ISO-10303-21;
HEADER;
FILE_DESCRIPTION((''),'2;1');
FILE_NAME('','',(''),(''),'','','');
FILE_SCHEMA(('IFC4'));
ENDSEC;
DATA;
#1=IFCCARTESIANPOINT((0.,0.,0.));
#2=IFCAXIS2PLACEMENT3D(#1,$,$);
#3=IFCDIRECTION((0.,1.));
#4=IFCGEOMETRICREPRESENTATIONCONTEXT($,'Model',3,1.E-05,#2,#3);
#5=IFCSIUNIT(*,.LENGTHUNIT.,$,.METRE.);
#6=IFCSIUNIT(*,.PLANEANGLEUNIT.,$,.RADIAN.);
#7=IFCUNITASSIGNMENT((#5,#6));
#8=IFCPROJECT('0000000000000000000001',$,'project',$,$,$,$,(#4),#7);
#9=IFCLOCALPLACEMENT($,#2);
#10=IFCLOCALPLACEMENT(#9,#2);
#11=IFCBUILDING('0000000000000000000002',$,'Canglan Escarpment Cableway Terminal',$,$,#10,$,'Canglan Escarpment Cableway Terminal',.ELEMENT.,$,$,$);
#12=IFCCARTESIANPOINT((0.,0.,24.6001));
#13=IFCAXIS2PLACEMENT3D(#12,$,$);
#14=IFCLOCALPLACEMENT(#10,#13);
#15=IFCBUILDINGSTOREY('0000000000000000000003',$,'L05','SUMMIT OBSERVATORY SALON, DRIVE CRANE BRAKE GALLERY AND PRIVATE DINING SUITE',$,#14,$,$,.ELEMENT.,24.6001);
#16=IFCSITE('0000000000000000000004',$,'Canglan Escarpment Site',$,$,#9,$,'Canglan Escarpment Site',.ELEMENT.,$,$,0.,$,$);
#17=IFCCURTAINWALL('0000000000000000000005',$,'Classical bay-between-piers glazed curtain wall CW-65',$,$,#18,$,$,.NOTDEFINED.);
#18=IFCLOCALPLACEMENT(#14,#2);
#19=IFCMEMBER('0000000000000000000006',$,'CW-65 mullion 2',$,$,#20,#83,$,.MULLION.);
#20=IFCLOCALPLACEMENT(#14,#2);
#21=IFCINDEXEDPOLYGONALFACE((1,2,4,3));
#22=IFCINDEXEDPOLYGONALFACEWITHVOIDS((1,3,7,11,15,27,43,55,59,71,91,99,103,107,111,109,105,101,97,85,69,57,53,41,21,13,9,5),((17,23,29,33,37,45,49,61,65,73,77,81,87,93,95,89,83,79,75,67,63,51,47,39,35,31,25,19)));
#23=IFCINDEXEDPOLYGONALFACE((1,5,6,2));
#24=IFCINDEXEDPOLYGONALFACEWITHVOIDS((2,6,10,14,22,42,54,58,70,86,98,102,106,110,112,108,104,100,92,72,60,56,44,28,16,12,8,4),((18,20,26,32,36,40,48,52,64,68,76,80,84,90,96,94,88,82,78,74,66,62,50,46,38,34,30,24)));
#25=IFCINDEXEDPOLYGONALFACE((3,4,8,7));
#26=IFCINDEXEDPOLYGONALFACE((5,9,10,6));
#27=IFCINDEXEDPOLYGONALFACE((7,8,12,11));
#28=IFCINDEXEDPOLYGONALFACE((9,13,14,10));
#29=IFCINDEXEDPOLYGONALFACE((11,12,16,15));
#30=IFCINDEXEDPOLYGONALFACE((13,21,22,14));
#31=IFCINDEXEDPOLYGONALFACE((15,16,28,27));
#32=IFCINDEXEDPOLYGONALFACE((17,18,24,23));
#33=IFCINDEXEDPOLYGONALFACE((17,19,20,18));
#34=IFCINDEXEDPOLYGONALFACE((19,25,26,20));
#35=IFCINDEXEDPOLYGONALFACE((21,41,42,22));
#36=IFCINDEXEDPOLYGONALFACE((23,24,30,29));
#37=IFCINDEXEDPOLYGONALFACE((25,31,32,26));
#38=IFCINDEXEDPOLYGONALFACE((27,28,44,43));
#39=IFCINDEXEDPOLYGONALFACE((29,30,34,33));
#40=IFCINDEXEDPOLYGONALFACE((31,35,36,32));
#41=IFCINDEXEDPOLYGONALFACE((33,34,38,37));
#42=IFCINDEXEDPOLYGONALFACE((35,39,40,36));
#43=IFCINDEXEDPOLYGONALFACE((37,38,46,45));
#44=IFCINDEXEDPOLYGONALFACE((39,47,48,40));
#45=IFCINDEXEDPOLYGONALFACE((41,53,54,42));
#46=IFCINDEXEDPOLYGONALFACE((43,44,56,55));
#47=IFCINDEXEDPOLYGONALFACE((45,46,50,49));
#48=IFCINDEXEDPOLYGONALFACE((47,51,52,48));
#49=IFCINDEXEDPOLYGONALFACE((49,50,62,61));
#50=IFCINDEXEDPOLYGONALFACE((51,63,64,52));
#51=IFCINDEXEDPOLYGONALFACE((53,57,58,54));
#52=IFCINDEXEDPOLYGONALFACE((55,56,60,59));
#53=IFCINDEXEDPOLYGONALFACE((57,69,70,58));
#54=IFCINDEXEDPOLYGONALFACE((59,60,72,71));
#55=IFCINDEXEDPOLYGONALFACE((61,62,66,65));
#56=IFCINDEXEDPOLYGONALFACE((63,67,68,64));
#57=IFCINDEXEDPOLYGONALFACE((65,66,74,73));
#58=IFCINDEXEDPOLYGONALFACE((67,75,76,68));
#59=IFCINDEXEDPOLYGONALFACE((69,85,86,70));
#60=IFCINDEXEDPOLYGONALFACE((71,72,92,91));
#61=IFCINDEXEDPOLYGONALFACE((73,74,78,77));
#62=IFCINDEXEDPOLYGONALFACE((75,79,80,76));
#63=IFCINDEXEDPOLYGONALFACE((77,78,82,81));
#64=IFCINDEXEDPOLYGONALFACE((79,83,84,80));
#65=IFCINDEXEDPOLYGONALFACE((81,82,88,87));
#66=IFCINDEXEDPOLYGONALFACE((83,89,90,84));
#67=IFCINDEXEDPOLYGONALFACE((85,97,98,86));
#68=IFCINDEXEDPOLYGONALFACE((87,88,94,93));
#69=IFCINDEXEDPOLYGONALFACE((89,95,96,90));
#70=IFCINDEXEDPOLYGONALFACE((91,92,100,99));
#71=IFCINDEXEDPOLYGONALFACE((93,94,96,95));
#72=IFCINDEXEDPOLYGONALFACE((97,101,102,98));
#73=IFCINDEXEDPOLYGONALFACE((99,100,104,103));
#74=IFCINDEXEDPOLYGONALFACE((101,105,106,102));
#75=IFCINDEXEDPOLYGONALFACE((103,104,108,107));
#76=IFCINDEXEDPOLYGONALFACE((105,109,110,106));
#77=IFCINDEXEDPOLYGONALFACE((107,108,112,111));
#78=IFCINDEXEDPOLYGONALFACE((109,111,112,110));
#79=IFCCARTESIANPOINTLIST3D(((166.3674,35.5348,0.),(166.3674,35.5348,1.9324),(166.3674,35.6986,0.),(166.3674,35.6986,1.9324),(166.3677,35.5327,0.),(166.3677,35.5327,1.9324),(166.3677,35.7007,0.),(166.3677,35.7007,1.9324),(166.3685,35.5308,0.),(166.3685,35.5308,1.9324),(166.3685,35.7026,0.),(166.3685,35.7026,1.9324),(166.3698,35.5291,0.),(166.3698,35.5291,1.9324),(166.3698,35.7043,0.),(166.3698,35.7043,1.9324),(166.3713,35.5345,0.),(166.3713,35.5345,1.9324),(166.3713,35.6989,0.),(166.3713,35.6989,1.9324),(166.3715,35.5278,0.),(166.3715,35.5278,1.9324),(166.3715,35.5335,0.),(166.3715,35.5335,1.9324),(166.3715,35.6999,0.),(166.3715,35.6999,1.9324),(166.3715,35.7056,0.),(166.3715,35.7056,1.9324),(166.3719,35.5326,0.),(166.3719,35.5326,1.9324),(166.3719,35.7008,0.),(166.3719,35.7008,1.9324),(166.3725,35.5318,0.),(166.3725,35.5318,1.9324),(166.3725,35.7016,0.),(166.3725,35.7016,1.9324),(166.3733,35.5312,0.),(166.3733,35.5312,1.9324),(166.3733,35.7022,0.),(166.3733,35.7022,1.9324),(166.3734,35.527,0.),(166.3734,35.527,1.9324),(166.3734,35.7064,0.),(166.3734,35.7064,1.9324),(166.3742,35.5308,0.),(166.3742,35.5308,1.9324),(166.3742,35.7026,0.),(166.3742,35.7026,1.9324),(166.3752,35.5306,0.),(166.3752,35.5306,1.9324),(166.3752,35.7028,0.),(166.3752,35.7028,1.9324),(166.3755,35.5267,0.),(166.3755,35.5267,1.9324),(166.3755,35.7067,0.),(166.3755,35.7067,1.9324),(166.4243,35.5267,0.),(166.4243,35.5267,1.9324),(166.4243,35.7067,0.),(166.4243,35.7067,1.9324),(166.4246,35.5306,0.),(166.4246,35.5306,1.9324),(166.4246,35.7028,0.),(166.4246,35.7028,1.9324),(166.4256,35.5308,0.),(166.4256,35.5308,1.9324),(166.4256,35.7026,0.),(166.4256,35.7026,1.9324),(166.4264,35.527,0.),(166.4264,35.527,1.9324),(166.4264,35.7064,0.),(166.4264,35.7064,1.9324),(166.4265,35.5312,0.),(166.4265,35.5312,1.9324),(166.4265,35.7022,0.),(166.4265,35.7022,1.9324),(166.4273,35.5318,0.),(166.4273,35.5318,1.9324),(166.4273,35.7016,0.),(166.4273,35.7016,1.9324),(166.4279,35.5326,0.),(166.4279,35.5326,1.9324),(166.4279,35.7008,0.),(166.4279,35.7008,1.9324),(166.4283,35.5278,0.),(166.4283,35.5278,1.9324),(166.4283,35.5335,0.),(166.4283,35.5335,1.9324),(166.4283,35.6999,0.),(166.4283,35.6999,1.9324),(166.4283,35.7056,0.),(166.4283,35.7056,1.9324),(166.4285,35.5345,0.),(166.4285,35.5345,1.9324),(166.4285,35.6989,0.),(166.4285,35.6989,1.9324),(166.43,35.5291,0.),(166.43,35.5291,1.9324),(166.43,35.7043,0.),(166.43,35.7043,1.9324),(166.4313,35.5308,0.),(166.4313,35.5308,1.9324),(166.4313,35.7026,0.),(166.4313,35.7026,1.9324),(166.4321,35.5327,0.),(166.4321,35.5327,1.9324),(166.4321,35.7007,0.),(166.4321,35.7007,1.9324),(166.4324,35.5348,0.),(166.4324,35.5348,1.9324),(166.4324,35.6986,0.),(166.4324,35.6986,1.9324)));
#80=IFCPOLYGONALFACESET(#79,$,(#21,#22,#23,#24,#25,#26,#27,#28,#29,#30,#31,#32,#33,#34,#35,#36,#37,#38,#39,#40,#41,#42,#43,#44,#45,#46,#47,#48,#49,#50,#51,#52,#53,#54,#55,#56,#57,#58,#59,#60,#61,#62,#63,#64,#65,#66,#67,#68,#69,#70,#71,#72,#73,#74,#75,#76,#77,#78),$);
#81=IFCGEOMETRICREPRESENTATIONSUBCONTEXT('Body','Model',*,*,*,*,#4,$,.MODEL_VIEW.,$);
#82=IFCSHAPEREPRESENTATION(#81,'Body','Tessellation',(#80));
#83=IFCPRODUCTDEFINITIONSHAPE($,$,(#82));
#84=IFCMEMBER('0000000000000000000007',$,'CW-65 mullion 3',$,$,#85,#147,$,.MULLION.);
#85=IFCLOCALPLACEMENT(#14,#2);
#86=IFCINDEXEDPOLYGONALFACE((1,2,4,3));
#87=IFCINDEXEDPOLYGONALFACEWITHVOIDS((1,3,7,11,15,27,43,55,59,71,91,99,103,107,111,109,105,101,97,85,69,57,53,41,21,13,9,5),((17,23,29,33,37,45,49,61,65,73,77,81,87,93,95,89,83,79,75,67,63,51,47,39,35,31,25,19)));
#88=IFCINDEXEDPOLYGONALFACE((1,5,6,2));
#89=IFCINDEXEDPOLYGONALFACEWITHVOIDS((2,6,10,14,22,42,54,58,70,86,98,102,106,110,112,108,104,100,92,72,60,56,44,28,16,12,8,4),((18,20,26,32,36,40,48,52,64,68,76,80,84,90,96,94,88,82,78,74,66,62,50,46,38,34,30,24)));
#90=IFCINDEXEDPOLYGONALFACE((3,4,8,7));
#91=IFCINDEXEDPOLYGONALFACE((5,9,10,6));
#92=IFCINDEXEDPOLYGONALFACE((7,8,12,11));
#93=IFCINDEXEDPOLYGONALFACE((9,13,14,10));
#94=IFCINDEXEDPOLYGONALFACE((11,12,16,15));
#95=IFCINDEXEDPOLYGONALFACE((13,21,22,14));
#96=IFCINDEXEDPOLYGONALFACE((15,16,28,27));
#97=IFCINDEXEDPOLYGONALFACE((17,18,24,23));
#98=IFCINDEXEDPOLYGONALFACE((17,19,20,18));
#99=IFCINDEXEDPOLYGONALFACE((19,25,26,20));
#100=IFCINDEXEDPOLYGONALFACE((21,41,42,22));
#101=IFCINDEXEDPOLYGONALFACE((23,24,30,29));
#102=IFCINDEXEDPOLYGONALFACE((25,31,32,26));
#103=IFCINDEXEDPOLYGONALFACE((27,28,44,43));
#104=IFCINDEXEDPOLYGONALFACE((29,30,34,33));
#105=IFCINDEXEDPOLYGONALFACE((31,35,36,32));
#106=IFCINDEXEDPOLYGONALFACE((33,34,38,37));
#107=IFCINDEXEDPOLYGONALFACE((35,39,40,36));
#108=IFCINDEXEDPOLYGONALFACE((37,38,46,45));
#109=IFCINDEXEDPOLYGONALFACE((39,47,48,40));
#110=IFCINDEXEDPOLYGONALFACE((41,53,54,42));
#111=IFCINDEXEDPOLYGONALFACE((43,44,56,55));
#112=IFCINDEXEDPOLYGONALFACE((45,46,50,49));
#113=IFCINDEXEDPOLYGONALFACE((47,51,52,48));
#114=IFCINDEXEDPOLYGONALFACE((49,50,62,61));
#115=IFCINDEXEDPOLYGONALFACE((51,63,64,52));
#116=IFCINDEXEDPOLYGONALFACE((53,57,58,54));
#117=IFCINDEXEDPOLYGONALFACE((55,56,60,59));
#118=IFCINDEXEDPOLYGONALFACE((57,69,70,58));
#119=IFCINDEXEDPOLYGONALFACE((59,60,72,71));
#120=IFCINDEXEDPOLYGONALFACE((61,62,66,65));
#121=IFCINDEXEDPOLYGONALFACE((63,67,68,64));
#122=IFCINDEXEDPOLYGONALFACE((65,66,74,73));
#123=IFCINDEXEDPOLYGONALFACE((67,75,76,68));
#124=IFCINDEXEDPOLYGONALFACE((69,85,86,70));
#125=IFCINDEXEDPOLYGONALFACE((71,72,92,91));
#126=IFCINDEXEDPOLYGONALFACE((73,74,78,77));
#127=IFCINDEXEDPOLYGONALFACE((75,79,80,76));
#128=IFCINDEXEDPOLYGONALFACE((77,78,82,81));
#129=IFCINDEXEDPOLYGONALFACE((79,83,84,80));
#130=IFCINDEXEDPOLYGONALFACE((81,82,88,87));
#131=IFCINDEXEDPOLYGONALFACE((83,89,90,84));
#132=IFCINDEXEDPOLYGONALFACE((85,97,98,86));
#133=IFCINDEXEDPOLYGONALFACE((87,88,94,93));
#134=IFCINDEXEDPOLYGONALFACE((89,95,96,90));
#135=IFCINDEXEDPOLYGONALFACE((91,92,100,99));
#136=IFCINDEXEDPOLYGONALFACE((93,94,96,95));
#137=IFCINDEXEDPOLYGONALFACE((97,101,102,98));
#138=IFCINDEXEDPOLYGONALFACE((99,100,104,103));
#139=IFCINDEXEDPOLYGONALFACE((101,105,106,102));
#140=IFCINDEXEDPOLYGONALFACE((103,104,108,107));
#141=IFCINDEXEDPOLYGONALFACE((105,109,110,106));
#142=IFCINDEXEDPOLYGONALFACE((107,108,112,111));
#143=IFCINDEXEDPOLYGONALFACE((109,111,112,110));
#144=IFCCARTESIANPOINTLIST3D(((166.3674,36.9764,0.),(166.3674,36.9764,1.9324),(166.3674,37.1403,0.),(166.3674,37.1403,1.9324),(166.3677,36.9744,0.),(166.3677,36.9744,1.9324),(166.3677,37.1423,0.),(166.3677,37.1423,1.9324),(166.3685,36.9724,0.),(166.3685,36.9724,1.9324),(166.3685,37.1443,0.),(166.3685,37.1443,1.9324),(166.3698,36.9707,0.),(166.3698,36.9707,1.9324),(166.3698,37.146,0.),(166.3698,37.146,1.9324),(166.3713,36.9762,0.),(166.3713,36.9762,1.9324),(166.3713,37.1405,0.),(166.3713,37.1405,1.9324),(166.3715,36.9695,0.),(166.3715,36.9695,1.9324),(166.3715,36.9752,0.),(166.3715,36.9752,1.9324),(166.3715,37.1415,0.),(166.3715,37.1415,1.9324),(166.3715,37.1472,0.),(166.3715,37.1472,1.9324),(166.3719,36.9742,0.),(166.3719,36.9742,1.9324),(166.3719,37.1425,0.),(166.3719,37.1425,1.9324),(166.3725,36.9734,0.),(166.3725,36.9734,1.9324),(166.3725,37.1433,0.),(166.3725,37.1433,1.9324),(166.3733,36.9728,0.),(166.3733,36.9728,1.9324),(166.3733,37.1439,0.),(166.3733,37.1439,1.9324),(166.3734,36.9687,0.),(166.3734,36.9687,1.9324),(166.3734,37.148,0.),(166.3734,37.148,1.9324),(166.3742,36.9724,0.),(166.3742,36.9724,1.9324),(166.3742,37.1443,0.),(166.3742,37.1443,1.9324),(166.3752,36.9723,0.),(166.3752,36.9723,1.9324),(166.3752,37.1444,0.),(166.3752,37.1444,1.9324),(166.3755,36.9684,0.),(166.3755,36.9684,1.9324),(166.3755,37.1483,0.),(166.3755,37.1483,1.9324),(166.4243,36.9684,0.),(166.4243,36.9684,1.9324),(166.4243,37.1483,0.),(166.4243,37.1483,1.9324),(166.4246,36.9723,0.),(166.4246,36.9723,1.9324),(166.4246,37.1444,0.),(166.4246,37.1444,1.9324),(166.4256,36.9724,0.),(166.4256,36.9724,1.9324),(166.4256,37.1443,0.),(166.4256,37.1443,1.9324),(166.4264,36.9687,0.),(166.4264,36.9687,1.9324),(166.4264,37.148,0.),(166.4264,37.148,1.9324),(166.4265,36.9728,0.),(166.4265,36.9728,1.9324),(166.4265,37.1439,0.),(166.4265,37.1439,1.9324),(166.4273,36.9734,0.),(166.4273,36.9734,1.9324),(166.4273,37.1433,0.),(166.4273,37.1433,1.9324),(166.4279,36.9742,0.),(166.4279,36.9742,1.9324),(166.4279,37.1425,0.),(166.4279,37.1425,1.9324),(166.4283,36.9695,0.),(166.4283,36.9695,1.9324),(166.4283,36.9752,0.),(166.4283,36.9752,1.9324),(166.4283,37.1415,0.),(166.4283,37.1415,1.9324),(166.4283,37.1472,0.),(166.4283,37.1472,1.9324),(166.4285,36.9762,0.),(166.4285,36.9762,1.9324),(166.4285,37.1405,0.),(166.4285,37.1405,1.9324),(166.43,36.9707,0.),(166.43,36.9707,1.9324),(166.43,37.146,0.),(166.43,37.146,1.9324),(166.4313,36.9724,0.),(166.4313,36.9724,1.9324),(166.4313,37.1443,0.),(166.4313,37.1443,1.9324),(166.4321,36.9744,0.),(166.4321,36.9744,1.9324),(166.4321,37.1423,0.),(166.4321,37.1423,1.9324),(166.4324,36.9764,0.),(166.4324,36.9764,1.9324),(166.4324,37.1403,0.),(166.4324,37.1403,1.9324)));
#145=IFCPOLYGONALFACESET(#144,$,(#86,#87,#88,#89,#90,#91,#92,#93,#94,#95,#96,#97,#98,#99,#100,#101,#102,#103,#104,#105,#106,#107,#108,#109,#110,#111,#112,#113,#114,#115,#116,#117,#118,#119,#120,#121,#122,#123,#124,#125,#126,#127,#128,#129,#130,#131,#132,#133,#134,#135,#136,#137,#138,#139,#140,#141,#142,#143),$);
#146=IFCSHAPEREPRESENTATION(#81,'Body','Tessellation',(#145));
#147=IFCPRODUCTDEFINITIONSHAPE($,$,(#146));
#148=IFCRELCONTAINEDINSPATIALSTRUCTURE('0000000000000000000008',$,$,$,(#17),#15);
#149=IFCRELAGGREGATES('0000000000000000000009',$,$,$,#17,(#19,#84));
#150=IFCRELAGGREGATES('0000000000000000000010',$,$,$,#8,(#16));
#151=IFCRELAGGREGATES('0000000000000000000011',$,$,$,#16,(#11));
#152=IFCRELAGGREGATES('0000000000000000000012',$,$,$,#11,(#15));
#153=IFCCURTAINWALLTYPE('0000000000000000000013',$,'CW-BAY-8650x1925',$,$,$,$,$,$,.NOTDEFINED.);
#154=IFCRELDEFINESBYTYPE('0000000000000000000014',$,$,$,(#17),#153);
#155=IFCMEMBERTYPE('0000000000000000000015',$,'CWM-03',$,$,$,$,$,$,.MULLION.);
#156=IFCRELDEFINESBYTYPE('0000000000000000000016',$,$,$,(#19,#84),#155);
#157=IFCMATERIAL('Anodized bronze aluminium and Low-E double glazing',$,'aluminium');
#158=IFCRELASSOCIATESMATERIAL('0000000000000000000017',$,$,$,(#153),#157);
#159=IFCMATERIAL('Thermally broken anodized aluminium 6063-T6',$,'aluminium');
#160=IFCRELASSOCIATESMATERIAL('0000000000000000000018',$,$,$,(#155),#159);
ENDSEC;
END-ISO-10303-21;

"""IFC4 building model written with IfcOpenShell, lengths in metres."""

from ifc_helpers import new_model, si_unit, direction, frame, origin, origin_2d, place, context, subcontext, project, spatial, hollow_rectangle, extrude, material, material_profile, profile_set, type_object, element, aggregate, save


model = new_model("IFC4")

# Units and contexts
model_context = context("Model", 3, precision=1e-05, world=origin(), true_north=direction((0.0, 1.0)))
body_context = subcontext(model_context, "Body", "Model", "MODEL_VIEW")
ifc_project = project(units=[si_unit("LENGTHUNIT", "METRE"), si_unit("PLANEANGLEUNIT", "RADIAN")], contexts=[model_context])

# Site, building, storey
site_placement = place(None, origin())
site = spatial("IfcSite", under=ifc_project, at=site_placement, Name="Canglan Escarpment Site", LongName="Canglan Escarpment Site", CompositionType="ELEMENT", RefElevation=0.0)
building_placement = place(site_placement, origin())
building = spatial("IfcBuilding", under=site, at=building_placement, Name="Canglan Escarpment Cableway Terminal", LongName="Canglan Escarpment Cableway Terminal", CompositionType="ELEMENT")
storey_placement = place(building_placement, frame((0.0, 0.0, 24.6001)))
storey = spatial("IfcBuildingStorey", under=building, at=storey_placement, Name="L05", Description="SUMMIT OBSERVATORY SALON, DRIVE CRANE BRAKE GALLERY AND PRIVATE DINING SUITE", CompositionType="ELEMENT", Elevation=24.6001)

# Curtain wall, members
ifc_material_1 = material(Name="Anodized bronze aluminium and Low-E double glazing", Category="aluminium")
curtain_wall_type = type_object("IfcCurtainWallType", Name="CW-BAY-8650x1925", PredefinedType="NOTDEFINED", material=ifc_material_1)
curtain_wall_placement = place(storey_placement, origin())
curtain_wall = element("IfcCurtainWall", 1, at=curtain_wall_placement, inside=storey, type_object=curtain_wall_type, Name="Classical bay-between-piers glazed curtain wall CW-65", PredefinedType="NOTDEFINED")
ifc_material_2 = material(Name="Thermally broken anodized aluminium 6063-T6", Category="aluminium")
ifc_material_profile_1 = material_profile(ifc_material_2, hollow_rectangle(XDim=0.0649, YDim=0.1799, WallThickness=0.0039, InnerFilletRadius=0.0039, OuterFilletRadius=0.0081, at=origin_2d()), Name="ALU-MULL 65x180x4")
ifc_profile_set_1 = profile_set([ifc_material_profile_1], Name="Thermally broken anodized aluminium 6063-T6")
member_type_1 = type_object("IfcMemberType", Name="CWM-03", PredefinedType="MULLION", material=ifc_profile_set_1)
member_1_placement = place(storey_placement, frame((166.3999, 35.6167, 0.0), z_axis=(0.0, 0.0, 1.0), x_axis=(-1.0, 0.0, 0.0)))
member_1 = element("IfcMember", 2, at=member_1_placement, type_object=member_type_1, Name="CW-65 mullion 2", PredefinedType="MULLION", context=body_context, shape_type="SweptSolid", body=[
    extrude(hollow_rectangle(XDim=0.0649, YDim=0.1799, WallThickness=0.0039, InnerFilletRadius=0.0039, OuterFilletRadius=0.0081, at=origin_2d()), origin(), (0.0, 0.0, 1.0), 1.9324),
])
member_2_placement = place(storey_placement, frame((166.3999, 37.0583, 0.0), z_axis=(0.0, 0.0, 1.0), x_axis=(-1.0, 0.0, 0.0)))
member_2 = element("IfcMember", 3, at=member_2_placement, type_object=member_type_1, Name="CW-65 mullion 3", PredefinedType="MULLION", context=body_context, shape_type="SweptSolid", body=[
    extrude(hollow_rectangle(XDim=0.0649, YDim=0.1799, WallThickness=0.0039, InnerFilletRadius=0.0039, OuterFilletRadius=0.0081, at=origin_2d()), origin(), (0.0, 0.0, 1.0), 1.9324),
])
aggregate(curtain_wall, [member_1, member_2])

save(model, "model.ifc")
